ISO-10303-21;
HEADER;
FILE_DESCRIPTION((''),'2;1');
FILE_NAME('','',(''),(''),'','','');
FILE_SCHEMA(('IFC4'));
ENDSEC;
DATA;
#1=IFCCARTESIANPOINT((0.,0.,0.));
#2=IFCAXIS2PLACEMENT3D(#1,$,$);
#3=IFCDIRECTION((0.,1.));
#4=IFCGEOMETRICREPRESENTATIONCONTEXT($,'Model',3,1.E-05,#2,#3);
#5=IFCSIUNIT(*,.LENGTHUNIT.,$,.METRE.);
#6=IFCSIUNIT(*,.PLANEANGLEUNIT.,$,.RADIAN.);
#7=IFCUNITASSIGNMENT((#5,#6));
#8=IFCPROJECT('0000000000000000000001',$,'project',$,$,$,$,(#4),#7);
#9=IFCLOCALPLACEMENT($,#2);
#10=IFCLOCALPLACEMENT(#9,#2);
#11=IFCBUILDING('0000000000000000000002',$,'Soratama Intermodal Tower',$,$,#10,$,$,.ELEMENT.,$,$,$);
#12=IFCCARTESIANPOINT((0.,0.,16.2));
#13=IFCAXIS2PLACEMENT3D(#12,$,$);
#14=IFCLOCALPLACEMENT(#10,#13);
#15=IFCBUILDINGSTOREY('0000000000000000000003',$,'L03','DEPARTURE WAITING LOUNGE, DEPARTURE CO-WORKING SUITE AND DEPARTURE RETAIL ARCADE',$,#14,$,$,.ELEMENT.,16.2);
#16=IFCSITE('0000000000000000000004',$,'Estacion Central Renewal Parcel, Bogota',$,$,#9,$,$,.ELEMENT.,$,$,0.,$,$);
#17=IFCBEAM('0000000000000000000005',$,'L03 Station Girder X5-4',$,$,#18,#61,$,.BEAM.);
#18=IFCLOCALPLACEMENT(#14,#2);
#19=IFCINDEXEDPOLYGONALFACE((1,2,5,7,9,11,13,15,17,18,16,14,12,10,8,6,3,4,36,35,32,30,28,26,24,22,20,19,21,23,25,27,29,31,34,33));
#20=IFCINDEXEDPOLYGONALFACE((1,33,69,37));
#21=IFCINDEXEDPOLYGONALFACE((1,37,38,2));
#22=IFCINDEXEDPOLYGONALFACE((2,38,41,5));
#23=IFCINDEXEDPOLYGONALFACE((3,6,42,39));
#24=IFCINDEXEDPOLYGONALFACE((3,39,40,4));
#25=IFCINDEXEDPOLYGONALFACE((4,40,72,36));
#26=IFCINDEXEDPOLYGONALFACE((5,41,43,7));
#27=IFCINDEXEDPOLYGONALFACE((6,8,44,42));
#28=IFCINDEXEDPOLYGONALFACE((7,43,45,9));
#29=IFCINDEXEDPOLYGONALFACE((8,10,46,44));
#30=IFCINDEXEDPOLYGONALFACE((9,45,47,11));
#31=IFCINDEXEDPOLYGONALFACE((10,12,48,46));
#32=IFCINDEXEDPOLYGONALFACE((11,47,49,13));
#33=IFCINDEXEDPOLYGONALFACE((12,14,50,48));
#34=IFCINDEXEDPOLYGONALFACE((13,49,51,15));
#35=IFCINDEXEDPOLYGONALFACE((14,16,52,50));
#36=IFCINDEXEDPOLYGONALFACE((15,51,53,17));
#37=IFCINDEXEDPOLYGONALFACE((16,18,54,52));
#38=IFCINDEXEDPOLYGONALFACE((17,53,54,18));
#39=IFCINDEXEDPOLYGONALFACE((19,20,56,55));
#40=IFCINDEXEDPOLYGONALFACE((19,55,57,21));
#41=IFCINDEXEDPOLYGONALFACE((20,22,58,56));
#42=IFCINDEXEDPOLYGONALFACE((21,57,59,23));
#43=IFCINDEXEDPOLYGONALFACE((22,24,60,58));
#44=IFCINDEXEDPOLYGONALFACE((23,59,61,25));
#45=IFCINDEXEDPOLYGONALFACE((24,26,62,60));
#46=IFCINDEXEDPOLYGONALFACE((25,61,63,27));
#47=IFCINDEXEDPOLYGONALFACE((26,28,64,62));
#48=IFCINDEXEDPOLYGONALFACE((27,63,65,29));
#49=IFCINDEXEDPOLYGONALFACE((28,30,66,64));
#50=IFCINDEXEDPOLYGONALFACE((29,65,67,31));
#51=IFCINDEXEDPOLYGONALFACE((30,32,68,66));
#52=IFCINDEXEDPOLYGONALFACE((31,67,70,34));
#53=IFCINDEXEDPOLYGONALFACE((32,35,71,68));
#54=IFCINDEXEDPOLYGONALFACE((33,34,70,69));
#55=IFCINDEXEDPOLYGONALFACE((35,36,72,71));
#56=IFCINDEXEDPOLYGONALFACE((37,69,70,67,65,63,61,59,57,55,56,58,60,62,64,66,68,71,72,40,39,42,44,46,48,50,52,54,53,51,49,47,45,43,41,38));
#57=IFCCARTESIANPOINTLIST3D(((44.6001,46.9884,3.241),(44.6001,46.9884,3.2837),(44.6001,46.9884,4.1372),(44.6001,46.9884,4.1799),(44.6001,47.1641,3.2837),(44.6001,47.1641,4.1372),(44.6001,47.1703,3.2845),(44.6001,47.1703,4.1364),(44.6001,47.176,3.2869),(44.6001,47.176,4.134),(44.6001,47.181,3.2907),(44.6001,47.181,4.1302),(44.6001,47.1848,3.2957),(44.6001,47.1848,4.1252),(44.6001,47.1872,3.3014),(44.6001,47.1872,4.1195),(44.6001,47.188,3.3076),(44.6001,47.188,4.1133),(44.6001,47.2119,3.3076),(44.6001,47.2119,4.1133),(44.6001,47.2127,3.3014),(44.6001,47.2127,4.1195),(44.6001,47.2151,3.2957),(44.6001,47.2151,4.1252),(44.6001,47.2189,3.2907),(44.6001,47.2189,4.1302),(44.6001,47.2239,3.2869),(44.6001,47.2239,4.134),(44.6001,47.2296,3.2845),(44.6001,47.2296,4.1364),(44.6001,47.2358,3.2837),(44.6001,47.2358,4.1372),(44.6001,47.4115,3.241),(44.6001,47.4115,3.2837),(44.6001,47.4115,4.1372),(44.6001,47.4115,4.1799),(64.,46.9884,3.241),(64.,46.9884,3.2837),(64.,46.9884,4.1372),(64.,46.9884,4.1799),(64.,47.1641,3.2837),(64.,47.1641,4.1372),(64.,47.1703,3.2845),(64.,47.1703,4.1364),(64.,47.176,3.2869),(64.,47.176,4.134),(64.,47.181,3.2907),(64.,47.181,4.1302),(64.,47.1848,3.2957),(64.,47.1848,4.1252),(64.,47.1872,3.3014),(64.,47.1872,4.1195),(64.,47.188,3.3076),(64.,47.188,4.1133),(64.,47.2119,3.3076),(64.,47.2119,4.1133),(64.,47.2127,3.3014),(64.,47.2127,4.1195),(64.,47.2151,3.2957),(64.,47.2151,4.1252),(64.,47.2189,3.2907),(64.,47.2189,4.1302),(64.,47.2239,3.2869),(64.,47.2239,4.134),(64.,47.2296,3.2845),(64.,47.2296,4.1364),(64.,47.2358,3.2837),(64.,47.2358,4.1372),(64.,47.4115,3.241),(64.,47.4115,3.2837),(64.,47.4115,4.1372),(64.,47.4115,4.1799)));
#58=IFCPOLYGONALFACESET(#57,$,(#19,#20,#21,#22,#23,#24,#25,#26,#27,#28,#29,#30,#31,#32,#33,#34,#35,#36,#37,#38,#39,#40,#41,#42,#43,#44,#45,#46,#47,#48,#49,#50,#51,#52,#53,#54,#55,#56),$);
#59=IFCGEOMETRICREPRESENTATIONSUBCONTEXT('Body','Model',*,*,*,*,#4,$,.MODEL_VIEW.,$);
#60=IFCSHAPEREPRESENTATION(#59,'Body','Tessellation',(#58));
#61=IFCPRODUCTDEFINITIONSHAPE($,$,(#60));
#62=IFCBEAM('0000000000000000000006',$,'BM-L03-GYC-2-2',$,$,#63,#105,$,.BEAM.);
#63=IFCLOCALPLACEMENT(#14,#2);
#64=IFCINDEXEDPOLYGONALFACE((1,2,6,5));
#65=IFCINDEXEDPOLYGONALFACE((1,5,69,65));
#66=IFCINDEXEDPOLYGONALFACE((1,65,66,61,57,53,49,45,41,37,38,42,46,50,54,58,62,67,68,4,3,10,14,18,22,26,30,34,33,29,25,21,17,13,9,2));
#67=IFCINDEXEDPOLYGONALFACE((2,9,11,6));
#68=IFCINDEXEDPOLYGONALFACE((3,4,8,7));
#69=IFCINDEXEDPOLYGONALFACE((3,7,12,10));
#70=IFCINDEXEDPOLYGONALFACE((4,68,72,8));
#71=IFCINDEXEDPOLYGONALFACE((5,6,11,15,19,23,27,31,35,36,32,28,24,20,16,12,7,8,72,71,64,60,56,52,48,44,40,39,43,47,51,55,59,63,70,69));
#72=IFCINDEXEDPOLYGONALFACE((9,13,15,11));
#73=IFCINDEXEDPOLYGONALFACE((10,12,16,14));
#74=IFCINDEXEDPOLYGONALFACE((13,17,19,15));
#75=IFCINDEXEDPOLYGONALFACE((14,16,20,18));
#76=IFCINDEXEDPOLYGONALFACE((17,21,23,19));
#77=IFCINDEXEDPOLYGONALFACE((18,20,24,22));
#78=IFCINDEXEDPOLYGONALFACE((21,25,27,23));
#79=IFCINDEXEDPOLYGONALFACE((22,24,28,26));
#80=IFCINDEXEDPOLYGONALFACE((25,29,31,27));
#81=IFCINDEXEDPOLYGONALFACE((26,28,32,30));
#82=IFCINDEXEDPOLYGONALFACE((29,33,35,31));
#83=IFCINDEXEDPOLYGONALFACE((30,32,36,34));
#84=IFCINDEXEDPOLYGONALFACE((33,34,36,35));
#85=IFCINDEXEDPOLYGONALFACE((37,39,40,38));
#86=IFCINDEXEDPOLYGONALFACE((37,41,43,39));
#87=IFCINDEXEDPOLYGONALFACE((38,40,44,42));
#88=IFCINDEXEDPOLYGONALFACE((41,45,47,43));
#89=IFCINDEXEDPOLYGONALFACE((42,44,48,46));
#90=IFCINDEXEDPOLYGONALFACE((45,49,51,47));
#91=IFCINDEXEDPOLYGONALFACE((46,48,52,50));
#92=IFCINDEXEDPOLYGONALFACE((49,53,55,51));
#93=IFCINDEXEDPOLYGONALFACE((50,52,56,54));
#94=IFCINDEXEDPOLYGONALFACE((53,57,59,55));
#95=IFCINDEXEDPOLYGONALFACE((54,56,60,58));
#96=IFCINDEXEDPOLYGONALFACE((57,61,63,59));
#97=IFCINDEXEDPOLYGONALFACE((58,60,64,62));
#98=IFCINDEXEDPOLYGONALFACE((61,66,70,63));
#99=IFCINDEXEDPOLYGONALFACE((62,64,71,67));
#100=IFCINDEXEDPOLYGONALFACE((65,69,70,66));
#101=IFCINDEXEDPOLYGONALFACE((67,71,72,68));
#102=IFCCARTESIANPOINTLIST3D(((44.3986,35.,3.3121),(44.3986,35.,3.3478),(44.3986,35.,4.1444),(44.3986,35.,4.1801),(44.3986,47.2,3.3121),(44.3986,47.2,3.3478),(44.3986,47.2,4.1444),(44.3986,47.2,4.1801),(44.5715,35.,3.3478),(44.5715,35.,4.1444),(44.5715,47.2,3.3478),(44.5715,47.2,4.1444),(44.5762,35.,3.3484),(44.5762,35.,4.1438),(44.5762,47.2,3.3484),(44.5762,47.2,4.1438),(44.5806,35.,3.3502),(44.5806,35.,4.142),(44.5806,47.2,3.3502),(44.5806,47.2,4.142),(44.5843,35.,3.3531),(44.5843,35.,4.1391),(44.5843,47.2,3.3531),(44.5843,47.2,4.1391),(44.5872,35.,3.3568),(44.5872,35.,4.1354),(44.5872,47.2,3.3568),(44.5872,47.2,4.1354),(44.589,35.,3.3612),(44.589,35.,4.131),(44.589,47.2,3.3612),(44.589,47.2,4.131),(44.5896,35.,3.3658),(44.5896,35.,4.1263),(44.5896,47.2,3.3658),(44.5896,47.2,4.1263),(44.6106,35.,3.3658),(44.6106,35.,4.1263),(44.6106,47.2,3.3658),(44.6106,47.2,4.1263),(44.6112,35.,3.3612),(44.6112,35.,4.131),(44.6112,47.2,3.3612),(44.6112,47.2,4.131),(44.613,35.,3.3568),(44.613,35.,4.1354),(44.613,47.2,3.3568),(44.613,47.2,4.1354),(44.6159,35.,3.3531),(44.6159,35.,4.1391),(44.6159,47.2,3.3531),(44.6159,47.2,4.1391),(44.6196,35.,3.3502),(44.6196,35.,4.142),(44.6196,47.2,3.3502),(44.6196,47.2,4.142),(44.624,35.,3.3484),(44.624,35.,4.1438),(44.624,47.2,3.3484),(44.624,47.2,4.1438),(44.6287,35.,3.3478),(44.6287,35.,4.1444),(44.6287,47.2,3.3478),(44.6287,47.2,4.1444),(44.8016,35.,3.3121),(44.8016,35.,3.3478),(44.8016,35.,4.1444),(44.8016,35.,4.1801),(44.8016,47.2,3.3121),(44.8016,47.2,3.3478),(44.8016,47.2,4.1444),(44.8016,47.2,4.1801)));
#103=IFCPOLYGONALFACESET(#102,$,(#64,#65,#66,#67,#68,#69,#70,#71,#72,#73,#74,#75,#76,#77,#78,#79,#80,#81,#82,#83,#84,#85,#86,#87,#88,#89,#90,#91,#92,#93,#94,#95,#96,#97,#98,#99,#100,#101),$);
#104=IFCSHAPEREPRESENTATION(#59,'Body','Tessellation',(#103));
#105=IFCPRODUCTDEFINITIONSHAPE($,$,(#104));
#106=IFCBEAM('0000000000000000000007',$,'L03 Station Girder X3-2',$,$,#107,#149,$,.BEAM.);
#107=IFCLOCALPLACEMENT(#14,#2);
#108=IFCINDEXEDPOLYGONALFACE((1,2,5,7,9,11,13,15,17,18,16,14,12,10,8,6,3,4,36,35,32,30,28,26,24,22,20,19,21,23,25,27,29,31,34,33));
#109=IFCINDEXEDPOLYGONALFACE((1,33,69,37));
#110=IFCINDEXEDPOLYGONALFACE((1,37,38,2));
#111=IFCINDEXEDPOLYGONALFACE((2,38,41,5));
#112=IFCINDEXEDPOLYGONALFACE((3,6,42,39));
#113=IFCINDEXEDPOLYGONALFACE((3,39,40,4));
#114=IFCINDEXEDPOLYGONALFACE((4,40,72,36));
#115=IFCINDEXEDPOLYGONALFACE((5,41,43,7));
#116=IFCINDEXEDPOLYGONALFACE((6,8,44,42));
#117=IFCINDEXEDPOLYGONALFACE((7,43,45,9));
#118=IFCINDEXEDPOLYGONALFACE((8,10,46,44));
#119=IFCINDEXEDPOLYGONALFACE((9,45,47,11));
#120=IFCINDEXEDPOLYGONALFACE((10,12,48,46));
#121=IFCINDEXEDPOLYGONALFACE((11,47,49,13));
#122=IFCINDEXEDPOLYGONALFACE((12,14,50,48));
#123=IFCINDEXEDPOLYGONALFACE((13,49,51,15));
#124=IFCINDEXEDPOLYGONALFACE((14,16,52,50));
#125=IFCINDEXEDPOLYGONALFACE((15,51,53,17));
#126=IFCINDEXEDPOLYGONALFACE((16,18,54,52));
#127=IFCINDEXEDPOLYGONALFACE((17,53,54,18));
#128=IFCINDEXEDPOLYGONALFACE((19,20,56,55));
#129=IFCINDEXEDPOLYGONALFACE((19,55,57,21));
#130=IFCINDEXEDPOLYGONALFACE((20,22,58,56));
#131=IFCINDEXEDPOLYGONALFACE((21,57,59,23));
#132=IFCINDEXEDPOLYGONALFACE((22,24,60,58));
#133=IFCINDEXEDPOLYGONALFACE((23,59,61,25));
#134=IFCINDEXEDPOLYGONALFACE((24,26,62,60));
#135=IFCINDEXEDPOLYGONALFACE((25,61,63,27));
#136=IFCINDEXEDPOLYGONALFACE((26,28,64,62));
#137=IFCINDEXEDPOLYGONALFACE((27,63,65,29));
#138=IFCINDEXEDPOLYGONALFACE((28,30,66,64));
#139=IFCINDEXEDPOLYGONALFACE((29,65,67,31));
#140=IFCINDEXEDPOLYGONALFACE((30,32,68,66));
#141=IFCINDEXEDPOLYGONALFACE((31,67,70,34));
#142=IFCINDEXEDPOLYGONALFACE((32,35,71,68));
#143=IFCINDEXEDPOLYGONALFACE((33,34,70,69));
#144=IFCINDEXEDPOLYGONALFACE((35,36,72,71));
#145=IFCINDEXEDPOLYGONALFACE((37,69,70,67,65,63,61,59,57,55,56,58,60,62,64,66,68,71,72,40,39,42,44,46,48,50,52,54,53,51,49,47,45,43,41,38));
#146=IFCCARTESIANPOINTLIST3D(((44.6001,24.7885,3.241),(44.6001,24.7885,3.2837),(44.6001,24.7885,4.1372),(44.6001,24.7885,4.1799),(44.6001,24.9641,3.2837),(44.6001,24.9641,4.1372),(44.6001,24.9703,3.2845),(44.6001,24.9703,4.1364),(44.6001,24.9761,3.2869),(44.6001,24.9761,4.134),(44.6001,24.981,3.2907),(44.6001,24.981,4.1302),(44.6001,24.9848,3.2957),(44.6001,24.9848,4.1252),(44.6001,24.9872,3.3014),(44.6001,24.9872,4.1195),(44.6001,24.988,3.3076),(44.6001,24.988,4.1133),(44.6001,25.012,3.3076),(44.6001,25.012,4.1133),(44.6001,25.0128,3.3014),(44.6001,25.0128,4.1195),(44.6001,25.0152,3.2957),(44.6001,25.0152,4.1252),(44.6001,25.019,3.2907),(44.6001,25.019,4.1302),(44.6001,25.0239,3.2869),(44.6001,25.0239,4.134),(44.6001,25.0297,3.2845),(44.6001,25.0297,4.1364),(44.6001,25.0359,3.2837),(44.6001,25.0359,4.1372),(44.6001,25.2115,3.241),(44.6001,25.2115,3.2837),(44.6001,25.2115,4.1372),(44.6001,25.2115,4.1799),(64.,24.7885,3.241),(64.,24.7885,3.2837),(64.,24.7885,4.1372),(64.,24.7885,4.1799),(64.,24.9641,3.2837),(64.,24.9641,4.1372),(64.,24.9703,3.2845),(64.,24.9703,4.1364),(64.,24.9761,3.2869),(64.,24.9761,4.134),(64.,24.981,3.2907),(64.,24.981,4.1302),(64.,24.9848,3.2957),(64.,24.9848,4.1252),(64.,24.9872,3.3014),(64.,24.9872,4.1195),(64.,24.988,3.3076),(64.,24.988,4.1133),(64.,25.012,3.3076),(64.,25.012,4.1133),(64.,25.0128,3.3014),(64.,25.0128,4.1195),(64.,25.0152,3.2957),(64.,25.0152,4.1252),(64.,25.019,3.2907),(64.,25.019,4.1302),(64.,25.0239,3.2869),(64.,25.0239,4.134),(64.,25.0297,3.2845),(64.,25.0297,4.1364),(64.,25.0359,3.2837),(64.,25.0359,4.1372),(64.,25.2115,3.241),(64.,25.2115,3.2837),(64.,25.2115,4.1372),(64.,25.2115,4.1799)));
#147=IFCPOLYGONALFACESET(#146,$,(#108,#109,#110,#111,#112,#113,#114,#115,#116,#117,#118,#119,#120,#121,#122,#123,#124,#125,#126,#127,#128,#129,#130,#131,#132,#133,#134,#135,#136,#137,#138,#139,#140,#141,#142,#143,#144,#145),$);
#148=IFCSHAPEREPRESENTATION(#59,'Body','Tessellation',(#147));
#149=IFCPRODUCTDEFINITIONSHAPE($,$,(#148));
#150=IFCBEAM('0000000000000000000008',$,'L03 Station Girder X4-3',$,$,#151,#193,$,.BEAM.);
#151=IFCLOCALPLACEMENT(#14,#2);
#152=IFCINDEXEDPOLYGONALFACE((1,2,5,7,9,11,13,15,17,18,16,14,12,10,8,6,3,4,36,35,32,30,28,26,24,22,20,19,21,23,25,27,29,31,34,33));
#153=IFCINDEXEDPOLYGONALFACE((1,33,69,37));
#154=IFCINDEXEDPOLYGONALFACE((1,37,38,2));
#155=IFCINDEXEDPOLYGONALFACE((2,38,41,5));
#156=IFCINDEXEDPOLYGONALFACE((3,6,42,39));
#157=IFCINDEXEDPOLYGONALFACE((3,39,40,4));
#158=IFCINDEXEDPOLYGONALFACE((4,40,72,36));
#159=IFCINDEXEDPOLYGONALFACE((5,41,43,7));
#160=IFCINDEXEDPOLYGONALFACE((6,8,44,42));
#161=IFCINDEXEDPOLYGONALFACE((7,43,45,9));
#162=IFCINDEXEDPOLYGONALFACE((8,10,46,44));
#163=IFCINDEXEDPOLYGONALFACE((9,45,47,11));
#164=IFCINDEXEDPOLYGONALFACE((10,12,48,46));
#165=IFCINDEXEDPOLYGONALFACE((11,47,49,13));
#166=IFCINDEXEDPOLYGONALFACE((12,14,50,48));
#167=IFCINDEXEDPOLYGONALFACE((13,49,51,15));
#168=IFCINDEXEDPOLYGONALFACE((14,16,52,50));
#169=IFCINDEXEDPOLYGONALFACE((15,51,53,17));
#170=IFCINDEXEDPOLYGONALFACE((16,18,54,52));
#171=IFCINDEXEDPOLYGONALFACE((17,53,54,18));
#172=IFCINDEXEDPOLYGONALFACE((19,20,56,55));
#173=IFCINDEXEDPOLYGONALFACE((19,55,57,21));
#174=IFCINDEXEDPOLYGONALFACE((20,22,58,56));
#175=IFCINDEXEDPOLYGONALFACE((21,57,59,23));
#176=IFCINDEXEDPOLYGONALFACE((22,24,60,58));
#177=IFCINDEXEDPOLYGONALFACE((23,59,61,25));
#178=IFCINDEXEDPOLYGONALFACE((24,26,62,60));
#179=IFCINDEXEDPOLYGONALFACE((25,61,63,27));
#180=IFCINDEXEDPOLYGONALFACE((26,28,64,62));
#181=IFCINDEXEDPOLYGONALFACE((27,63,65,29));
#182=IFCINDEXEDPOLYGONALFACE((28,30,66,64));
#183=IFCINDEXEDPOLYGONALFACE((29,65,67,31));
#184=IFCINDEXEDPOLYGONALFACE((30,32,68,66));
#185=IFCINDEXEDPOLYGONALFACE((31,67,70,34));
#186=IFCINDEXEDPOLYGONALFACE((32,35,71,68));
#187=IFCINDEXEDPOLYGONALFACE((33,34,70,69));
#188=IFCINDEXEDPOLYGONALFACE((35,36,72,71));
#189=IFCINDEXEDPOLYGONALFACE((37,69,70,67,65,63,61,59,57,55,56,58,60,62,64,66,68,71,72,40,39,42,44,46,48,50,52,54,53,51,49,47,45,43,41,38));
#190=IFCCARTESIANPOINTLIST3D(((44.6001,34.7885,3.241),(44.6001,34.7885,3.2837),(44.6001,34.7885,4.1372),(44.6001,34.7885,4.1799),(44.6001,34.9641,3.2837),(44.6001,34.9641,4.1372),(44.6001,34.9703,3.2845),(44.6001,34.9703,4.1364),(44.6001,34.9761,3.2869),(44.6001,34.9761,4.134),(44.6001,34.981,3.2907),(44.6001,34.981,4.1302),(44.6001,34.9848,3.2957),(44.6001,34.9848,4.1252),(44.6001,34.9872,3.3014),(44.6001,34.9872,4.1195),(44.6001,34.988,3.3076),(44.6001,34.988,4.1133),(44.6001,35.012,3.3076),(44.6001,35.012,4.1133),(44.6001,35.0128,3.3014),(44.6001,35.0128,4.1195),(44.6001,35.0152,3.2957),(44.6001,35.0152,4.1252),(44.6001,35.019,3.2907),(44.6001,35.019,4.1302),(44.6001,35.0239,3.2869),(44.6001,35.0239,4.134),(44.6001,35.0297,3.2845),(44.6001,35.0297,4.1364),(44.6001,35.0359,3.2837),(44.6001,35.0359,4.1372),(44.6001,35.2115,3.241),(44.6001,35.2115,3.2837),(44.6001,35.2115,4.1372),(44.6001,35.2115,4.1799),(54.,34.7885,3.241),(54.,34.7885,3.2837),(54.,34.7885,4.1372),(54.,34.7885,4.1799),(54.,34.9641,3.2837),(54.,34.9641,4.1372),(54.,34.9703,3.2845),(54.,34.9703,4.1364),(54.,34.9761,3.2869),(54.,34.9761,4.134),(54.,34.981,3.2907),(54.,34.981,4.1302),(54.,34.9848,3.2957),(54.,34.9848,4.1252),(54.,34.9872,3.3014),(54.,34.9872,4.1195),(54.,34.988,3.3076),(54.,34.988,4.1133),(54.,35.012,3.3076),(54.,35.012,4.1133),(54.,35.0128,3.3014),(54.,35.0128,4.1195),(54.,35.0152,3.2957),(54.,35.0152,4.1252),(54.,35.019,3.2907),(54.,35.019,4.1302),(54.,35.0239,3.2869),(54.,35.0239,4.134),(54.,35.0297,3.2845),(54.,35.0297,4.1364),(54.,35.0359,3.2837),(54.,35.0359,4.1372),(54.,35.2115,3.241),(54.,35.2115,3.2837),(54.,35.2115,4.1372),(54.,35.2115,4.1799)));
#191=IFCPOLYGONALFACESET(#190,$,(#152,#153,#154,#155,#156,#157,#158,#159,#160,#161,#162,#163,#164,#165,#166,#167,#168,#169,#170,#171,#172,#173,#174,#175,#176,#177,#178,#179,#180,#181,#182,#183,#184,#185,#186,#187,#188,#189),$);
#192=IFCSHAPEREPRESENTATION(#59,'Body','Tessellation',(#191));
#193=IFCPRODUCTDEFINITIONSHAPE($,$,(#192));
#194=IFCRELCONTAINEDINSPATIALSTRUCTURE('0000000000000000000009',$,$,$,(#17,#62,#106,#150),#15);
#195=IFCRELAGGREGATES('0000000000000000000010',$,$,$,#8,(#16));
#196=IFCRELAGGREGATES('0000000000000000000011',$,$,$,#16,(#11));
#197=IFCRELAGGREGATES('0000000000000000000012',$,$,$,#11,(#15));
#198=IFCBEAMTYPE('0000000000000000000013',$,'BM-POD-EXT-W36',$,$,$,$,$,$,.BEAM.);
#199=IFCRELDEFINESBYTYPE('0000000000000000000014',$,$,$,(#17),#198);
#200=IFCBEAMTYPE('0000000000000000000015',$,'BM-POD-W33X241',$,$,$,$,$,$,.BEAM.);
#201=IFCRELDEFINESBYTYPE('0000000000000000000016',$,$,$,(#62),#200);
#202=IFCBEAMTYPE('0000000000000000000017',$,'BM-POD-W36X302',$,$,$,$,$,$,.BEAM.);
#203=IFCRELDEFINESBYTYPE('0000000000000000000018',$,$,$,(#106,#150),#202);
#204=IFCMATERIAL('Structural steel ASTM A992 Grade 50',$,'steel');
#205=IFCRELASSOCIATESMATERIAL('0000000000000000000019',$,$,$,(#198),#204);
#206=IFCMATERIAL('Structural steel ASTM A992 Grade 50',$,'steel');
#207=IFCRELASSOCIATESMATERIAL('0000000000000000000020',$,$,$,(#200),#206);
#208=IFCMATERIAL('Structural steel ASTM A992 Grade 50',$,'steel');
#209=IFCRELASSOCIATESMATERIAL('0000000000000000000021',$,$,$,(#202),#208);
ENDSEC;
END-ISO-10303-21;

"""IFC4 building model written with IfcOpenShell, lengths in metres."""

from ifc_helpers import new_model, si_unit, direction, frame, origin, origin_2d, place, context, subcontext, project, spatial, i_section, extrude, material, material_profile, profile_set, type_object, element, save


model = new_model("IFC4")

# Units and contexts
model_context = context("Model", 3, precision=1e-05, world=origin(), true_north=direction((0.0, 1.0)))
body_context = subcontext(model_context, "Body", "Model", "MODEL_VIEW")
ifc_project = project(units=[si_unit("LENGTHUNIT", "METRE"), si_unit("PLANEANGLEUNIT", "RADIAN")], contexts=[model_context])

# Site, building, storey
site_placement = place(None, origin())
site = spatial("IfcSite", under=ifc_project, at=site_placement, Name="Estacion Central Renewal Parcel, Bogota", CompositionType="ELEMENT", RefElevation=0.0)
building_placement = place(site_placement, origin())
building = spatial("IfcBuilding", under=site, at=building_placement, Name="Soratama Intermodal Tower", CompositionType="ELEMENT")
storey_placement = place(building_placement, frame((0.0, 0.0, 16.2)))
storey = spatial("IfcBuildingStorey", under=building, at=storey_placement, Name="L03", Description="DEPARTURE WAITING LOUNGE, DEPARTURE CO-WORKING SUITE AND DEPARTURE RETAIL ARCADE", CompositionType="ELEMENT", Elevation=16.2)

# Beams
ifc_material_1 = material(Name="Structural steel ASTM A992 Grade 50", Category="steel")
ifc_material_profile_1 = material_profile(ifc_material_1, i_section(OverallWidth=0.4231, OverallDepth=0.939, WebThickness=0.0239, FlangeThickness=0.0427, FilletRadius=0.0239, at=origin_2d()), Name="W36X302")
ifc_profile_set_1 = profile_set([ifc_material_profile_1], Name="Structural steel ASTM A992 Grade 50")
beam_type_1 = type_object("IfcBeamType", Name="BM-POD-EXT-W36", PredefinedType="BEAM", material=ifc_profile_set_1)
beam_1_placement = place(storey_placement, frame((44.6001, 47.2, 3.7104), z_axis=(1.0, 0.0, 0.0), x_axis=(0.0, 1.0, 0.0)))
element("IfcBeam", 1, at=beam_1_placement, inside=storey, type_object=beam_type_1, Name="L03 Station Girder X5-4", PredefinedType="BEAM", context=body_context, shape_type="SweptSolid", body=[
    extrude(i_section(OverallWidth=0.4231, OverallDepth=0.939, WebThickness=0.0239, FlangeThickness=0.0427, FilletRadius=0.0239, at=origin_2d()), origin(), (0.0, 0.0, 1.0), 19.3999),
])
ifc_material_2 = material(Name="Structural steel ASTM A992 Grade 50", Category="steel")
ifc_material_profile_2 = material_profile(ifc_material_2, i_section(OverallWidth=0.4031, OverallDepth=0.8679, WebThickness=0.021, FlangeThickness=0.0356, FilletRadius=0.0181, at=origin_2d()), Name="W33X241")
ifc_profile_set_2 = profile_set([ifc_material_profile_2], Name="Structural steel ASTM A992 Grade 50")
beam_type_2 = type_object("IfcBeamType", Name="BM-POD-W33X241", PredefinedType="BEAM", material=ifc_profile_set_2)
beam_2_placement = place(storey_placement, frame((44.6001, 35.0, 3.7461), z_axis=(0.0, 1.0, 0.0), x_axis=(-1.0, 0.0, 0.0)))
element("IfcBeam", 2, at=beam_2_placement, inside=storey, type_object=beam_type_2, Name="BM-L03-GYC-2-2", PredefinedType="BEAM", context=body_context, shape_type="SweptSolid", body=[
    extrude(i_section(OverallWidth=0.4031, OverallDepth=0.8679, WebThickness=0.021, FlangeThickness=0.0356, FilletRadius=0.0181, at=origin_2d()), origin(), (0.0, 0.0, 1.0), 12.2),
])
ifc_material_3 = material(Name="Structural steel ASTM A992 Grade 50", Category="steel")
ifc_material_profile_3 = material_profile(ifc_material_3, i_section(OverallWidth=0.4231, OverallDepth=0.939, WebThickness=0.0239, FlangeThickness=0.0427, FilletRadius=0.0239, at=origin_2d()), Name="W36X302")
ifc_profile_set_3 = profile_set([ifc_material_profile_3], Name="Structural steel ASTM A992 Grade 50")
beam_type_3 = type_object("IfcBeamType", Name="BM-POD-W36X302", PredefinedType="BEAM", material=ifc_profile_set_3)
beam_3_placement = place(storey_placement, frame((44.6001, 25.0, 3.7104), z_axis=(1.0, 0.0, 0.0), x_axis=(0.0, 1.0, 0.0)))
element("IfcBeam", 3, at=beam_3_placement, inside=storey, type_object=beam_type_3, Name="L03 Station Girder X3-2", PredefinedType="BEAM", context=body_context, shape_type="SweptSolid", body=[
    extrude(i_section(OverallWidth=0.4231, OverallDepth=0.939, WebThickness=0.0239, FlangeThickness=0.0427, FilletRadius=0.0239, at=origin_2d()), origin(), (0.0, 0.0, 1.0), 19.3999),
])
beam_4_placement = place(storey_placement, frame((44.6001, 35.0, 3.7104), z_axis=(1.0, 0.0, 0.0), x_axis=(0.0, 1.0, 0.0)))
element("IfcBeam", 4, at=beam_4_placement, inside=storey, type_object=beam_type_3, Name="L03 Station Girder X4-3", PredefinedType="BEAM", context=body_context, shape_type="SweptSolid", body=[
    extrude(i_section(OverallWidth=0.4231, OverallDepth=0.939, WebThickness=0.0239, FlangeThickness=0.0427, FilletRadius=0.0239, at=origin_2d()), origin(), (0.0, 0.0, 1.0), 9.3999),
])

save(model, "model.ifc")
